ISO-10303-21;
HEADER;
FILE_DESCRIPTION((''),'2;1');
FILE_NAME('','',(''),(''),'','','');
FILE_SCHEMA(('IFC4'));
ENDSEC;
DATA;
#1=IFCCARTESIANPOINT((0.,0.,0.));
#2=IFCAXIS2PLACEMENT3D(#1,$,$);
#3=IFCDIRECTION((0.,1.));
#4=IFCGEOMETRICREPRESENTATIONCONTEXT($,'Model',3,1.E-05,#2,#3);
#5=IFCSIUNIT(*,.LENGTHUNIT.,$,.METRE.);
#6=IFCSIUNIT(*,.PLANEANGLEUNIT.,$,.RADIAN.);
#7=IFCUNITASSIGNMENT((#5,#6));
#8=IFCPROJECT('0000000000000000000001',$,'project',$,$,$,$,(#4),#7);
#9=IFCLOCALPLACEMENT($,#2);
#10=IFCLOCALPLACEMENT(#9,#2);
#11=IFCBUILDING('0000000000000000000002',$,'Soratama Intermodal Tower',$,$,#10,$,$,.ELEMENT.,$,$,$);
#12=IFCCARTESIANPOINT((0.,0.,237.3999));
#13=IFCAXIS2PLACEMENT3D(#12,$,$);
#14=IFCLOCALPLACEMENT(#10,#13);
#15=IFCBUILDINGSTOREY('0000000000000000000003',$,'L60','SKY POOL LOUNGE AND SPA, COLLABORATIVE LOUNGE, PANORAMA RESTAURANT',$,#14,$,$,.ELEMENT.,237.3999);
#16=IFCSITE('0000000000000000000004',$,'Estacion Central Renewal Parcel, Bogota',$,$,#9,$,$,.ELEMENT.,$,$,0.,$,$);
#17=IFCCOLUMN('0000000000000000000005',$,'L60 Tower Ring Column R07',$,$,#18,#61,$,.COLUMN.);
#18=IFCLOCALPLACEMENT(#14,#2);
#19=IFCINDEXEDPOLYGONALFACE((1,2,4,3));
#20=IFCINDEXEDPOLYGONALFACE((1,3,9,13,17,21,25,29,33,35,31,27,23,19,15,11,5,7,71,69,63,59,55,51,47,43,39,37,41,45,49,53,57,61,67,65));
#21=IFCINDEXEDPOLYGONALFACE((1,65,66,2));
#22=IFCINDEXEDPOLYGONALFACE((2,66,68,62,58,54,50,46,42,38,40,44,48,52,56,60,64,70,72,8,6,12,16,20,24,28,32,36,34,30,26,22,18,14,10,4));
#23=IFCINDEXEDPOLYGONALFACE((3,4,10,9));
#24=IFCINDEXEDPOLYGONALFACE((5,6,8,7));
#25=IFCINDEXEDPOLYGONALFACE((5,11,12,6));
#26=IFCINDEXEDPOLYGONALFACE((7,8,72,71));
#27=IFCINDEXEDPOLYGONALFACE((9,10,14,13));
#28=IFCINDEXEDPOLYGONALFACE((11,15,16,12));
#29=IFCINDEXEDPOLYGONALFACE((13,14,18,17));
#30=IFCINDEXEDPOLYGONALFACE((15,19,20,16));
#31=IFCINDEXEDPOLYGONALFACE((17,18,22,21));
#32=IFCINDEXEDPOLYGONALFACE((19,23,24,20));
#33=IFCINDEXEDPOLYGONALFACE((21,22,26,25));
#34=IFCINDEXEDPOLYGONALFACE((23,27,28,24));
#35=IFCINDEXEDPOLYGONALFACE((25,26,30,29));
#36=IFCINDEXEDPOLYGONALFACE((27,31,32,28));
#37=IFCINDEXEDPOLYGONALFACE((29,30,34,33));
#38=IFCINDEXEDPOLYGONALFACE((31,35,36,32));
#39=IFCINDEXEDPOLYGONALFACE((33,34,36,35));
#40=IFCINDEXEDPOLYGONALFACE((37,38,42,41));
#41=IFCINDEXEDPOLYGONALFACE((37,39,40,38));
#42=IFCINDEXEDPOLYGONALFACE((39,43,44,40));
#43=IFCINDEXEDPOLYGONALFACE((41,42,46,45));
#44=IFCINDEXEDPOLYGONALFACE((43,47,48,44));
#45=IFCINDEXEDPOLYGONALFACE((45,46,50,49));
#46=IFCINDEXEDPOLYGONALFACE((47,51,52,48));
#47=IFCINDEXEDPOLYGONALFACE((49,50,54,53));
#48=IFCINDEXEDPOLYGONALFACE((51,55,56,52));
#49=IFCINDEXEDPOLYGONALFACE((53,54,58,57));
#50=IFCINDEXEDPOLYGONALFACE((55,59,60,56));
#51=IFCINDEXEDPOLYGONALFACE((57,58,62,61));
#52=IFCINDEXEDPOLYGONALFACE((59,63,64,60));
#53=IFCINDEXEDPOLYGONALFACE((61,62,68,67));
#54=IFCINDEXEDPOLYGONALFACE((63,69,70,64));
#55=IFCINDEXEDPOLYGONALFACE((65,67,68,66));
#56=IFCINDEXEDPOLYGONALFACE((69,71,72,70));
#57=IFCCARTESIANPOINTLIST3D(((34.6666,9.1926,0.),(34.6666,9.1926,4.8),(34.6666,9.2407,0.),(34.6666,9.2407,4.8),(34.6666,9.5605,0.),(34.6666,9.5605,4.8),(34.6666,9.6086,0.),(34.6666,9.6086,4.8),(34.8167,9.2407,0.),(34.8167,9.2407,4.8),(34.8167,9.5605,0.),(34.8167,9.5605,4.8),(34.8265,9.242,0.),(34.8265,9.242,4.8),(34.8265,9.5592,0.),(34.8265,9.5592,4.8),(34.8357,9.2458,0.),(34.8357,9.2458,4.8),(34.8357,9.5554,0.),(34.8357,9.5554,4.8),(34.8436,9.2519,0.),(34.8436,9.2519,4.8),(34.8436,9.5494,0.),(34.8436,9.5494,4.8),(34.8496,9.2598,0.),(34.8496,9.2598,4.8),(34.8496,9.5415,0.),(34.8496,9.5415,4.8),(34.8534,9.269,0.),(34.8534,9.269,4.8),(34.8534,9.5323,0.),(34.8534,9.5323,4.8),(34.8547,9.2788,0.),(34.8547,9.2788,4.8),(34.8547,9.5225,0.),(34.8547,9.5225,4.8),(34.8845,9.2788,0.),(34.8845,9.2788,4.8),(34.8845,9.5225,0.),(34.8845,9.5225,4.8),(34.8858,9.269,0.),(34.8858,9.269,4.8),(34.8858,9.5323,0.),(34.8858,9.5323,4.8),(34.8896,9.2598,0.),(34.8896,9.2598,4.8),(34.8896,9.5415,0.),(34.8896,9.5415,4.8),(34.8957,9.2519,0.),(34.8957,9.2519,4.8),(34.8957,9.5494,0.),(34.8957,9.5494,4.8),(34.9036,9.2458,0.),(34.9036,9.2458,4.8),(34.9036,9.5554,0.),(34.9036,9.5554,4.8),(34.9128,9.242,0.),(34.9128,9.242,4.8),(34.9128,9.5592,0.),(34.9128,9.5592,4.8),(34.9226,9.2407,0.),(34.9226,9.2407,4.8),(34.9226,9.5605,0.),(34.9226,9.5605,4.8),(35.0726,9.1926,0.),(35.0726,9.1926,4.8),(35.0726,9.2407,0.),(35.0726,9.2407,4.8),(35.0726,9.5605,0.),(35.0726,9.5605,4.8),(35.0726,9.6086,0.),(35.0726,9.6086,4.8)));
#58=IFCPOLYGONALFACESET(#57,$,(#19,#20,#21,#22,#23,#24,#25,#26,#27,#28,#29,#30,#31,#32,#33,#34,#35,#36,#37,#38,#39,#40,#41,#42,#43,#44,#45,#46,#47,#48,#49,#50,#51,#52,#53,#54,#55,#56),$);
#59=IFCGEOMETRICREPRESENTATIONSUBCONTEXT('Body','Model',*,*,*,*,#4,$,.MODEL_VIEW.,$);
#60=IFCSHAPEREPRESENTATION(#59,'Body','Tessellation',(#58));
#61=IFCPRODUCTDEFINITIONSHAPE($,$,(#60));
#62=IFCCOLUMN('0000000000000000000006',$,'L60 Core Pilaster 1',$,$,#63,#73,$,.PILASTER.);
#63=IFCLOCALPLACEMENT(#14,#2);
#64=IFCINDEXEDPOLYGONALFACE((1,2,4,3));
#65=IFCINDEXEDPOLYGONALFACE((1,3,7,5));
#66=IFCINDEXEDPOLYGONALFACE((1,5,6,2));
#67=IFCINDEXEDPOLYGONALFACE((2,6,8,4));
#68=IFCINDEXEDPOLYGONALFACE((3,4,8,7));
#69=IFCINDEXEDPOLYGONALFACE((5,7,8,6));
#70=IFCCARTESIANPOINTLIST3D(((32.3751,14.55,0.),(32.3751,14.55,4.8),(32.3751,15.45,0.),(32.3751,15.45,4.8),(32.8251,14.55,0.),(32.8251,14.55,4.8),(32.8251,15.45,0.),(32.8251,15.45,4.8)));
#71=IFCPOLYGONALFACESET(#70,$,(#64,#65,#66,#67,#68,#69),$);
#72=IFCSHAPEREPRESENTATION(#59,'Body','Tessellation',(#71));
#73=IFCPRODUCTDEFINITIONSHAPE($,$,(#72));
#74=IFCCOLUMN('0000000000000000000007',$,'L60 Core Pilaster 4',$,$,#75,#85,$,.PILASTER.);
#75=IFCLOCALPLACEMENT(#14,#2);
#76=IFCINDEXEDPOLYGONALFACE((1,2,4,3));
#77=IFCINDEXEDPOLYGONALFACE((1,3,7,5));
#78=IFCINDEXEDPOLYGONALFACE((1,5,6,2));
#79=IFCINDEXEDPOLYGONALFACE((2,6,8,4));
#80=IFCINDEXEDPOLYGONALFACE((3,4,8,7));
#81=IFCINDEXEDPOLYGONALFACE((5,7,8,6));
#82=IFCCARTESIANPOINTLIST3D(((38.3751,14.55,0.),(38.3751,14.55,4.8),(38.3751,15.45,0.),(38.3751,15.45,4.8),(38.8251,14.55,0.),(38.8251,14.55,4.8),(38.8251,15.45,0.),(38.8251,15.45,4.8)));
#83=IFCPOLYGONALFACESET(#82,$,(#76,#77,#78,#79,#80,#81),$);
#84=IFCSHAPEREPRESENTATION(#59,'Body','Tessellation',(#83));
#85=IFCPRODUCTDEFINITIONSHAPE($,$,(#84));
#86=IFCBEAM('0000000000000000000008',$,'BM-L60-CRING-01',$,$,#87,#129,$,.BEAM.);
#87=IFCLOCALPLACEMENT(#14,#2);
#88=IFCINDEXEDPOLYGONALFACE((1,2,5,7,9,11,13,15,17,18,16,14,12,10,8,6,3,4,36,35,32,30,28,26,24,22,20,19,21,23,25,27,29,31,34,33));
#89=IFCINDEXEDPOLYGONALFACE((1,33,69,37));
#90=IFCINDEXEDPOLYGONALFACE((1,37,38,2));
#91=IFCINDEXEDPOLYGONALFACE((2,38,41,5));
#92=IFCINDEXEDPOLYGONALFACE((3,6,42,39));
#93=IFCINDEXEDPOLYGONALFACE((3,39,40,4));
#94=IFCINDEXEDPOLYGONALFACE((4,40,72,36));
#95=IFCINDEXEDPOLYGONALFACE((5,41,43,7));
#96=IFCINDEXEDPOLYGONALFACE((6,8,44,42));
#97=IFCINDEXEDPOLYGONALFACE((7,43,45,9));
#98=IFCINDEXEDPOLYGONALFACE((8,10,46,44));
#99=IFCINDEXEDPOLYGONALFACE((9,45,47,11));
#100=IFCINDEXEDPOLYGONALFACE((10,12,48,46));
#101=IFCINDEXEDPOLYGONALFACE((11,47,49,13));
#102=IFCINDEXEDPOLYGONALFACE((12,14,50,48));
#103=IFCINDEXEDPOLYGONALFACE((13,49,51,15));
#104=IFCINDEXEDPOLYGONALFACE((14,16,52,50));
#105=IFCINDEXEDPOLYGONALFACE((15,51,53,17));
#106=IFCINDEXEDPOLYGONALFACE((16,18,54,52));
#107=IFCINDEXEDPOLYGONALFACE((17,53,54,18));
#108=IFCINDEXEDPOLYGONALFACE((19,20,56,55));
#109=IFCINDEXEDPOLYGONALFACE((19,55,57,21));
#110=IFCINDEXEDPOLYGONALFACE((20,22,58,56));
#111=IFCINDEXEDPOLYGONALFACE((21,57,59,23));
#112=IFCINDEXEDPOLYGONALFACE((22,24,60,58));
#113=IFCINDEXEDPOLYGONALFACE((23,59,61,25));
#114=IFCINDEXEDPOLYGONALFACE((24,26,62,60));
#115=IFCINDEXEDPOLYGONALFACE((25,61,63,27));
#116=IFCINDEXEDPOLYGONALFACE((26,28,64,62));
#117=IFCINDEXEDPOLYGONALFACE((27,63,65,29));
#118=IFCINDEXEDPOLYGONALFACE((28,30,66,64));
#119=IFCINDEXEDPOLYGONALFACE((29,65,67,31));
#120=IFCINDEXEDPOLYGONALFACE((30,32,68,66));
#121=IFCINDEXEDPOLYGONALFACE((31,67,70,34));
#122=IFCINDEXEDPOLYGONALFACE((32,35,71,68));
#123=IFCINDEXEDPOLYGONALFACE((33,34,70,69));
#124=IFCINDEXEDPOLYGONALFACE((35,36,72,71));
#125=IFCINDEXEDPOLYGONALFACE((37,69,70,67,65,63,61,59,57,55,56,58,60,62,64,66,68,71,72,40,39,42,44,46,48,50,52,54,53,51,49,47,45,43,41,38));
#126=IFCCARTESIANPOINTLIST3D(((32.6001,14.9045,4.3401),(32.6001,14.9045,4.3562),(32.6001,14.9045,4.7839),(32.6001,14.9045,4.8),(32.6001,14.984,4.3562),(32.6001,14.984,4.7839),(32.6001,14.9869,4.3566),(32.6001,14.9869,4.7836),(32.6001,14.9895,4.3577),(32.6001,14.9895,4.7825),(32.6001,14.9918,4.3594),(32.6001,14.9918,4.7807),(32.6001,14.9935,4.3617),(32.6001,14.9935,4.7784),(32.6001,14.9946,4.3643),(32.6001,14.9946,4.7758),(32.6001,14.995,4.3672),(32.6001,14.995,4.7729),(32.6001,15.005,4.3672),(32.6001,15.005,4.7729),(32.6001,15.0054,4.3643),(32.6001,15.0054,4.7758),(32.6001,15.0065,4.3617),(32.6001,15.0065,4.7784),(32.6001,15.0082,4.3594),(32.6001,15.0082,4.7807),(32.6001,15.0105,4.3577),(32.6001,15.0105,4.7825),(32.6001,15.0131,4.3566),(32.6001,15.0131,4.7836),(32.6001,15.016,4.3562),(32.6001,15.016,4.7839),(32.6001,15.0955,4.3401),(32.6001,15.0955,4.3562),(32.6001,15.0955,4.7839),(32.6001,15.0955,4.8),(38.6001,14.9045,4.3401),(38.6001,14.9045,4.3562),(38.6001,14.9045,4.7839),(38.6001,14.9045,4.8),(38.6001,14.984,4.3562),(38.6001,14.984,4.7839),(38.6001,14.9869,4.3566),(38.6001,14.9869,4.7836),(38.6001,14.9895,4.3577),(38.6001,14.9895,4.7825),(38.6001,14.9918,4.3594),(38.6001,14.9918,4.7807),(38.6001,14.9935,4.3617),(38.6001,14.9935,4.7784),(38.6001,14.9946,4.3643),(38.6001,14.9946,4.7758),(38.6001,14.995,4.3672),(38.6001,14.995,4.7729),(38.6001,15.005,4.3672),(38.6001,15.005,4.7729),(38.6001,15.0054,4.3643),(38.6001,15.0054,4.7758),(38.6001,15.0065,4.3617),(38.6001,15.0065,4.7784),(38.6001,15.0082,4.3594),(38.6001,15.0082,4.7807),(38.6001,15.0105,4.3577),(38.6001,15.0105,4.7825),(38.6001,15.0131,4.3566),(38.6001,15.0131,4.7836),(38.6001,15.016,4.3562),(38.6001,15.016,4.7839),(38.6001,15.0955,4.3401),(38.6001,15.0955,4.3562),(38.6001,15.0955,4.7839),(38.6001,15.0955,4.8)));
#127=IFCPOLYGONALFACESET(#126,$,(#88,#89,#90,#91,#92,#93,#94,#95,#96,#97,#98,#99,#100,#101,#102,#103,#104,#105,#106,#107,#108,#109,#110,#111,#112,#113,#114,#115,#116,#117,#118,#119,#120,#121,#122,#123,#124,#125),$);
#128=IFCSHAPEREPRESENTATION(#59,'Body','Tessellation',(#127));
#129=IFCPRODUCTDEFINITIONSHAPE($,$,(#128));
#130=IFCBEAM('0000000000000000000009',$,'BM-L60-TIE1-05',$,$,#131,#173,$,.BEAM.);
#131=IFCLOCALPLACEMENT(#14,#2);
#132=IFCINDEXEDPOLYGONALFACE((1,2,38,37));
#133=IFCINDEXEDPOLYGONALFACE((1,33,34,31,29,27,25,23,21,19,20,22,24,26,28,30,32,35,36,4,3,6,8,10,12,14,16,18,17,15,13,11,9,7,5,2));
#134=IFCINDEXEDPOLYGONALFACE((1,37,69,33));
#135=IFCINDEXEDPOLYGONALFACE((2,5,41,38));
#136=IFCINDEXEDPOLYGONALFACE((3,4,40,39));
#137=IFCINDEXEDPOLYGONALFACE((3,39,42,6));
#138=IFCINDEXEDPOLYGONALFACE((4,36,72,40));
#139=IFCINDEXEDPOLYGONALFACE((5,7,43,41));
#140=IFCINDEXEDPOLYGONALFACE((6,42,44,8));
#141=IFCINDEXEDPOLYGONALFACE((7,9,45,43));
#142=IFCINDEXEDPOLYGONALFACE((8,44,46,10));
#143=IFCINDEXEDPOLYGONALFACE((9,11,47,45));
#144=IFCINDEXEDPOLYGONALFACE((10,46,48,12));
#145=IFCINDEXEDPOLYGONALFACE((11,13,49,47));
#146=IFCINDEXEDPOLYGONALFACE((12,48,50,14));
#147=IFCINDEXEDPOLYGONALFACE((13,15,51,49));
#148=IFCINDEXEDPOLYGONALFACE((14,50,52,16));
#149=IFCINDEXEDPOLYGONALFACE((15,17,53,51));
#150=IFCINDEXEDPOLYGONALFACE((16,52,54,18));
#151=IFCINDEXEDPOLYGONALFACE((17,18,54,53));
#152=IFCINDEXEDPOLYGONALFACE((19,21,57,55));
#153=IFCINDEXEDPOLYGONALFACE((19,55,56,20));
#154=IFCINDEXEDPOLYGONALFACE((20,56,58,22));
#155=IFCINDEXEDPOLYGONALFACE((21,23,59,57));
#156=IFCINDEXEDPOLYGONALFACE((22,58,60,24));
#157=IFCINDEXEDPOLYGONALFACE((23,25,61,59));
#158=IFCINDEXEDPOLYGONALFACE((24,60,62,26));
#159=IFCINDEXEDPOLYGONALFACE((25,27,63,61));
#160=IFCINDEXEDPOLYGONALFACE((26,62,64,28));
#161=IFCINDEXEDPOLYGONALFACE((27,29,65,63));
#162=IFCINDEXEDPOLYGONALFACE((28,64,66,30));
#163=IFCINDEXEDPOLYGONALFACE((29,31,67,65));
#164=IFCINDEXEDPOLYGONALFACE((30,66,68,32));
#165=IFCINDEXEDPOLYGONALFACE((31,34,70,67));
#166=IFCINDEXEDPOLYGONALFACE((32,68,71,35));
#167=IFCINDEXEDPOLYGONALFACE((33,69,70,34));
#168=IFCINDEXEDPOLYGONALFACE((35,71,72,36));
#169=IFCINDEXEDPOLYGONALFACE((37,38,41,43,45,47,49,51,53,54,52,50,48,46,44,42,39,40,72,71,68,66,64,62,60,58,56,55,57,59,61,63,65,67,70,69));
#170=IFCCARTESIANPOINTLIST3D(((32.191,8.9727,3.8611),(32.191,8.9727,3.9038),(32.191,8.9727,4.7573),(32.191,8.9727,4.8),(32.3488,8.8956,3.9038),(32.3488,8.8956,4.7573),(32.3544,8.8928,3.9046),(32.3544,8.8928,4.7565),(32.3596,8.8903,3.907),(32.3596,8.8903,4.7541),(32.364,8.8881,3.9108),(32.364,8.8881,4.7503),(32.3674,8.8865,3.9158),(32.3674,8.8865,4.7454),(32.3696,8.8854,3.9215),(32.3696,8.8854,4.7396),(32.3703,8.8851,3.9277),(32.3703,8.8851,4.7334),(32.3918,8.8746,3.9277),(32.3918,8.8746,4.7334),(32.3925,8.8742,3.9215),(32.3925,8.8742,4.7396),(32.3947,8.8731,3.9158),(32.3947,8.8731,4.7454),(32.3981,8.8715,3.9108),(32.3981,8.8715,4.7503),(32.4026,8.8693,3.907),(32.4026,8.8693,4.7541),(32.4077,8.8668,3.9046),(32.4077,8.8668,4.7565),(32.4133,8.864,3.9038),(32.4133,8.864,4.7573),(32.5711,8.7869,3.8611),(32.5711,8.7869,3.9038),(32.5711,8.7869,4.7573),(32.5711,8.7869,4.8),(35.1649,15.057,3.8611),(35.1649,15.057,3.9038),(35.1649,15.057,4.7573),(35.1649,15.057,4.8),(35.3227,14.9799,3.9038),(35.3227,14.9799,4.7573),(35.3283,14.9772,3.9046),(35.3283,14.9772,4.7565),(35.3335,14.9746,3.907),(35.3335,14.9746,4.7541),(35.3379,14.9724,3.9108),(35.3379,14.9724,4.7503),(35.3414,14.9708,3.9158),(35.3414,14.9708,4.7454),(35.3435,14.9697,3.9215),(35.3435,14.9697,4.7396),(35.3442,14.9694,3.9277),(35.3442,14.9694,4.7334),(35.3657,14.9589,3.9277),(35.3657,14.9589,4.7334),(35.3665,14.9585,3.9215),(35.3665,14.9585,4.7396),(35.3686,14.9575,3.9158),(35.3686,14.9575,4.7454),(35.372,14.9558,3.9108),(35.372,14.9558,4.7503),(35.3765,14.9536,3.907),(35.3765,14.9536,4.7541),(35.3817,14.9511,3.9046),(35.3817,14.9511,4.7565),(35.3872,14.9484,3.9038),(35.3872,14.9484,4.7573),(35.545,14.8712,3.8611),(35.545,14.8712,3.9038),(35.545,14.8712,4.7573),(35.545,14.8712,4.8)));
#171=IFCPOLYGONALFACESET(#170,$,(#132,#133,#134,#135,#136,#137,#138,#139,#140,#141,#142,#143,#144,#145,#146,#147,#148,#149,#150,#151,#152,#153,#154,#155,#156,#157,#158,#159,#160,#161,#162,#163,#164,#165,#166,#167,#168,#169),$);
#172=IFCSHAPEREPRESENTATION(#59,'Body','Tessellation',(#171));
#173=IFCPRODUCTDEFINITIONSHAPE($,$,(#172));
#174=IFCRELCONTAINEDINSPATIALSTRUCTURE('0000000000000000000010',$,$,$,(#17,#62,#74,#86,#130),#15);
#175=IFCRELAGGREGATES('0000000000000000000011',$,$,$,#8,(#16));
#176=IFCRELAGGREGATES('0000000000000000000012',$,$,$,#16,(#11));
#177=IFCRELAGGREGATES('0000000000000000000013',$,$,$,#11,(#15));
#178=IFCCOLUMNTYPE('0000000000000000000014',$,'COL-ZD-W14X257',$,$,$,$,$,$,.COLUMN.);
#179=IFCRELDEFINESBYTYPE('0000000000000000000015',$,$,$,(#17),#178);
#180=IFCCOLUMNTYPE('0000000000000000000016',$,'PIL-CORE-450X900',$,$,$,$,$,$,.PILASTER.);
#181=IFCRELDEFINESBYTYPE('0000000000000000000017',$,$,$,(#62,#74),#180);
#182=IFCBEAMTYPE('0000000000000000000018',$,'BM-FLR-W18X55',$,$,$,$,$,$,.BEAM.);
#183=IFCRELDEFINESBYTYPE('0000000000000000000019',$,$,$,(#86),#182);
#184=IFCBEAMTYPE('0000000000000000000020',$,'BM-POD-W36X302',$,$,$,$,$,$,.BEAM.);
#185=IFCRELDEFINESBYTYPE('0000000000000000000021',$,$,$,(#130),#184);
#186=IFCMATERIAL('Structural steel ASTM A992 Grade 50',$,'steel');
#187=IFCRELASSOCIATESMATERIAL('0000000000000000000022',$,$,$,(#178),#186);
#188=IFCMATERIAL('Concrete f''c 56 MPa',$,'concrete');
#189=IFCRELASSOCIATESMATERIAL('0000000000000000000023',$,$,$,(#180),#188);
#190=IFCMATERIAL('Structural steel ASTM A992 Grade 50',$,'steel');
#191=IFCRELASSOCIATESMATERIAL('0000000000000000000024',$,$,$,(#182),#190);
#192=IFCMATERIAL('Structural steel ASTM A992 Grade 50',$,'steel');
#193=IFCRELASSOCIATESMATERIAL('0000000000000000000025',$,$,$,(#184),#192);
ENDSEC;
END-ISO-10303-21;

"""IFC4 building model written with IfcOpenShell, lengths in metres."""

from ifc_helpers import new_model, si_unit, direction, frame, origin, origin_2d, place, context, subcontext, project, spatial, rectangle, i_section, extrude, material, material_profile, profile_set, type_object, element, save


model = new_model("IFC4")

# Units and contexts
model_context = context("Model", 3, precision=1e-05, world=origin(), true_north=direction((0.0, 1.0)))
body_context = subcontext(model_context, "Body", "Model", "MODEL_VIEW")
ifc_project = project(units=[si_unit("LENGTHUNIT", "METRE"), si_unit("PLANEANGLEUNIT", "RADIAN")], contexts=[model_context])

# Site, building, storey
site_placement = place(None, origin())
site = spatial("IfcSite", under=ifc_project, at=site_placement, Name="Estacion Central Renewal Parcel, Bogota", CompositionType="ELEMENT", RefElevation=0.0)
building_placement = place(site_placement, origin())
building = spatial("IfcBuilding", under=site, at=building_placement, Name="Soratama Intermodal Tower", CompositionType="ELEMENT")
storey_placement = place(building_placement, frame((0.0, 0.0, 237.3999)))
storey = spatial("IfcBuildingStorey", under=building, at=storey_placement, Name="L60", Description="SKY POOL LOUNGE AND SPA, COLLABORATIVE LOUNGE, PANORAMA RESTAURANT", CompositionType="ELEMENT", Elevation=237.3999)

# Columns
ifc_material_1 = material(Name="Structural steel ASTM A992 Grade 50", Category="steel")
ifc_material_profile_1 = material_profile(ifc_material_1, i_section(OverallWidth=0.406, OverallDepth=0.416, WebThickness=0.0298, FlangeThickness=0.0481, FilletRadius=0.0381, at=origin_2d()), Name="W14X257")
ifc_profile_set_1 = profile_set([ifc_material_profile_1], Name="Structural steel ASTM A992 Grade 50")
column_type_1 = type_object("IfcColumnType", Name="COL-ZD-W14X257", PredefinedType="COLUMN", material=ifc_profile_set_1)
column_placement = place(storey_placement, frame((34.8696, 9.4006, 0.0), z_axis=(0.0, 0.0, 1.0), x_axis=(1.0, 0.0, 0.0)))
element("IfcColumn", 1, at=column_placement, inside=storey, type_object=column_type_1, Name="L60 Tower Ring Column R07", PredefinedType="COLUMN", context=body_context, shape_type="SweptSolid", body=[
    extrude(i_section(OverallWidth=0.406, OverallDepth=0.416, WebThickness=0.0298, FlangeThickness=0.0481, FilletRadius=0.0381, at=origin_2d()), origin(), (0.0, 0.0, 1.0), 4.8),
])
ifc_material_2 = material(Name="Concrete f'c 56 MPa", Category="concrete")
ifc_material_profile_2 = material_profile(ifc_material_2, rectangle(XDim=0.45, YDim=0.8999, at=origin_2d()), Name="RC450X900")
ifc_profile_set_2 = profile_set([ifc_material_profile_2], Name="Concrete f'c 56 MPa")
column_type_2 = type_object("IfcColumnType", Name="PIL-CORE-450X900", PredefinedType="PILASTER", material=ifc_profile_set_2)
for number, where, z_axis, x_axis, name in (
    (2, (32.6001, 15.0, 0.0), (0.0, 0.0, 1.0), (1.0, 0.0, 0.0), "L60 Core Pilaster 1"),
    (3, (38.6001, 15.0, 0.0), (0.0, 0.0, 1.0), (1.0, 0.0, 0.0), "L60 Core Pilaster 4"),
):
    element("IfcColumn", number, at=place(storey_placement, frame(where, z_axis=z_axis, x_axis=x_axis)), inside=storey, type_object=column_type_2, Name=name, PredefinedType="PILASTER", context=body_context, shape_type="SweptSolid", body=[
        extrude(rectangle(XDim=0.45, YDim=0.8999, at=origin_2d()), origin(), (0.0, 0.0, 1.0), 4.8),
    ])

# Beams
ifc_material_3 = material(Name="Structural steel ASTM A992 Grade 50", Category="steel")
ifc_material_profile_3 = material_profile(ifc_material_3, i_section(OverallWidth=0.1909, OverallDepth=0.46, WebThickness=0.01, FlangeThickness=0.0161, FilletRadius=0.011, at=origin_2d()), Name="W18X55")
ifc_profile_set_3 = profile_set([ifc_material_profile_3], Name="Structural steel ASTM A992 Grade 50")
beam_type_1 = type_object("IfcBeamType", Name="BM-FLR-W18X55", PredefinedType="BEAM", material=ifc_profile_set_3)
beam_1_placement = place(storey_placement, frame((32.6001, 15.0, 4.5701), z_axis=(1.0, 0.0, 0.0), x_axis=(0.0, 1.0, 0.0)))
element("IfcBeam", 4, at=beam_1_placement, inside=storey, type_object=beam_type_1, Name="BM-L60-CRING-01", PredefinedType="BEAM", context=body_context, shape_type="SweptSolid", body=[
    extrude(i_section(OverallWidth=0.1909, OverallDepth=0.46, WebThickness=0.01, FlangeThickness=0.0161, FilletRadius=0.011, at=origin_2d()), origin(), (0.0, 0.0, 1.0), 6.0),
])
ifc_material_4 = material(Name="Structural steel ASTM A992 Grade 50", Category="steel")
ifc_material_profile_4 = material_profile(ifc_material_4, i_section(OverallWidth=0.4231, OverallDepth=0.939, WebThickness=0.0239, FlangeThickness=0.0427, FilletRadius=0.0239, at=origin_2d()), Name="W36X302")
ifc_profile_set_4 = profile_set([ifc_material_profile_4], Name="Structural steel ASTM A992 Grade 50")
beam_type_2 = type_object("IfcBeamType", Name="BM-POD-W36X302", PredefinedType="BEAM", material=ifc_profile_set_4)
beam_2_placement = place(storey_placement, frame((35.355, 14.9641, 4.3306), z_axis=(-0.439134, -0.898421, 0.0), x_axis=(0.898421, -0.439134, 0.0)))
element("IfcBeam", 5, at=beam_2_placement, inside=storey, type_object=beam_type_2, Name="BM-L60-TIE1-05", PredefinedType="BEAM", context=body_context, shape_type="SweptSolid", body=[
    extrude(i_section(OverallWidth=0.4231, OverallDepth=0.939, WebThickness=0.0239, FlangeThickness=0.0427, FilletRadius=0.0239, at=origin_2d()), origin(), (0.0, 0.0, 1.0), 6.7722),
])

save(model, "model.ifc")
